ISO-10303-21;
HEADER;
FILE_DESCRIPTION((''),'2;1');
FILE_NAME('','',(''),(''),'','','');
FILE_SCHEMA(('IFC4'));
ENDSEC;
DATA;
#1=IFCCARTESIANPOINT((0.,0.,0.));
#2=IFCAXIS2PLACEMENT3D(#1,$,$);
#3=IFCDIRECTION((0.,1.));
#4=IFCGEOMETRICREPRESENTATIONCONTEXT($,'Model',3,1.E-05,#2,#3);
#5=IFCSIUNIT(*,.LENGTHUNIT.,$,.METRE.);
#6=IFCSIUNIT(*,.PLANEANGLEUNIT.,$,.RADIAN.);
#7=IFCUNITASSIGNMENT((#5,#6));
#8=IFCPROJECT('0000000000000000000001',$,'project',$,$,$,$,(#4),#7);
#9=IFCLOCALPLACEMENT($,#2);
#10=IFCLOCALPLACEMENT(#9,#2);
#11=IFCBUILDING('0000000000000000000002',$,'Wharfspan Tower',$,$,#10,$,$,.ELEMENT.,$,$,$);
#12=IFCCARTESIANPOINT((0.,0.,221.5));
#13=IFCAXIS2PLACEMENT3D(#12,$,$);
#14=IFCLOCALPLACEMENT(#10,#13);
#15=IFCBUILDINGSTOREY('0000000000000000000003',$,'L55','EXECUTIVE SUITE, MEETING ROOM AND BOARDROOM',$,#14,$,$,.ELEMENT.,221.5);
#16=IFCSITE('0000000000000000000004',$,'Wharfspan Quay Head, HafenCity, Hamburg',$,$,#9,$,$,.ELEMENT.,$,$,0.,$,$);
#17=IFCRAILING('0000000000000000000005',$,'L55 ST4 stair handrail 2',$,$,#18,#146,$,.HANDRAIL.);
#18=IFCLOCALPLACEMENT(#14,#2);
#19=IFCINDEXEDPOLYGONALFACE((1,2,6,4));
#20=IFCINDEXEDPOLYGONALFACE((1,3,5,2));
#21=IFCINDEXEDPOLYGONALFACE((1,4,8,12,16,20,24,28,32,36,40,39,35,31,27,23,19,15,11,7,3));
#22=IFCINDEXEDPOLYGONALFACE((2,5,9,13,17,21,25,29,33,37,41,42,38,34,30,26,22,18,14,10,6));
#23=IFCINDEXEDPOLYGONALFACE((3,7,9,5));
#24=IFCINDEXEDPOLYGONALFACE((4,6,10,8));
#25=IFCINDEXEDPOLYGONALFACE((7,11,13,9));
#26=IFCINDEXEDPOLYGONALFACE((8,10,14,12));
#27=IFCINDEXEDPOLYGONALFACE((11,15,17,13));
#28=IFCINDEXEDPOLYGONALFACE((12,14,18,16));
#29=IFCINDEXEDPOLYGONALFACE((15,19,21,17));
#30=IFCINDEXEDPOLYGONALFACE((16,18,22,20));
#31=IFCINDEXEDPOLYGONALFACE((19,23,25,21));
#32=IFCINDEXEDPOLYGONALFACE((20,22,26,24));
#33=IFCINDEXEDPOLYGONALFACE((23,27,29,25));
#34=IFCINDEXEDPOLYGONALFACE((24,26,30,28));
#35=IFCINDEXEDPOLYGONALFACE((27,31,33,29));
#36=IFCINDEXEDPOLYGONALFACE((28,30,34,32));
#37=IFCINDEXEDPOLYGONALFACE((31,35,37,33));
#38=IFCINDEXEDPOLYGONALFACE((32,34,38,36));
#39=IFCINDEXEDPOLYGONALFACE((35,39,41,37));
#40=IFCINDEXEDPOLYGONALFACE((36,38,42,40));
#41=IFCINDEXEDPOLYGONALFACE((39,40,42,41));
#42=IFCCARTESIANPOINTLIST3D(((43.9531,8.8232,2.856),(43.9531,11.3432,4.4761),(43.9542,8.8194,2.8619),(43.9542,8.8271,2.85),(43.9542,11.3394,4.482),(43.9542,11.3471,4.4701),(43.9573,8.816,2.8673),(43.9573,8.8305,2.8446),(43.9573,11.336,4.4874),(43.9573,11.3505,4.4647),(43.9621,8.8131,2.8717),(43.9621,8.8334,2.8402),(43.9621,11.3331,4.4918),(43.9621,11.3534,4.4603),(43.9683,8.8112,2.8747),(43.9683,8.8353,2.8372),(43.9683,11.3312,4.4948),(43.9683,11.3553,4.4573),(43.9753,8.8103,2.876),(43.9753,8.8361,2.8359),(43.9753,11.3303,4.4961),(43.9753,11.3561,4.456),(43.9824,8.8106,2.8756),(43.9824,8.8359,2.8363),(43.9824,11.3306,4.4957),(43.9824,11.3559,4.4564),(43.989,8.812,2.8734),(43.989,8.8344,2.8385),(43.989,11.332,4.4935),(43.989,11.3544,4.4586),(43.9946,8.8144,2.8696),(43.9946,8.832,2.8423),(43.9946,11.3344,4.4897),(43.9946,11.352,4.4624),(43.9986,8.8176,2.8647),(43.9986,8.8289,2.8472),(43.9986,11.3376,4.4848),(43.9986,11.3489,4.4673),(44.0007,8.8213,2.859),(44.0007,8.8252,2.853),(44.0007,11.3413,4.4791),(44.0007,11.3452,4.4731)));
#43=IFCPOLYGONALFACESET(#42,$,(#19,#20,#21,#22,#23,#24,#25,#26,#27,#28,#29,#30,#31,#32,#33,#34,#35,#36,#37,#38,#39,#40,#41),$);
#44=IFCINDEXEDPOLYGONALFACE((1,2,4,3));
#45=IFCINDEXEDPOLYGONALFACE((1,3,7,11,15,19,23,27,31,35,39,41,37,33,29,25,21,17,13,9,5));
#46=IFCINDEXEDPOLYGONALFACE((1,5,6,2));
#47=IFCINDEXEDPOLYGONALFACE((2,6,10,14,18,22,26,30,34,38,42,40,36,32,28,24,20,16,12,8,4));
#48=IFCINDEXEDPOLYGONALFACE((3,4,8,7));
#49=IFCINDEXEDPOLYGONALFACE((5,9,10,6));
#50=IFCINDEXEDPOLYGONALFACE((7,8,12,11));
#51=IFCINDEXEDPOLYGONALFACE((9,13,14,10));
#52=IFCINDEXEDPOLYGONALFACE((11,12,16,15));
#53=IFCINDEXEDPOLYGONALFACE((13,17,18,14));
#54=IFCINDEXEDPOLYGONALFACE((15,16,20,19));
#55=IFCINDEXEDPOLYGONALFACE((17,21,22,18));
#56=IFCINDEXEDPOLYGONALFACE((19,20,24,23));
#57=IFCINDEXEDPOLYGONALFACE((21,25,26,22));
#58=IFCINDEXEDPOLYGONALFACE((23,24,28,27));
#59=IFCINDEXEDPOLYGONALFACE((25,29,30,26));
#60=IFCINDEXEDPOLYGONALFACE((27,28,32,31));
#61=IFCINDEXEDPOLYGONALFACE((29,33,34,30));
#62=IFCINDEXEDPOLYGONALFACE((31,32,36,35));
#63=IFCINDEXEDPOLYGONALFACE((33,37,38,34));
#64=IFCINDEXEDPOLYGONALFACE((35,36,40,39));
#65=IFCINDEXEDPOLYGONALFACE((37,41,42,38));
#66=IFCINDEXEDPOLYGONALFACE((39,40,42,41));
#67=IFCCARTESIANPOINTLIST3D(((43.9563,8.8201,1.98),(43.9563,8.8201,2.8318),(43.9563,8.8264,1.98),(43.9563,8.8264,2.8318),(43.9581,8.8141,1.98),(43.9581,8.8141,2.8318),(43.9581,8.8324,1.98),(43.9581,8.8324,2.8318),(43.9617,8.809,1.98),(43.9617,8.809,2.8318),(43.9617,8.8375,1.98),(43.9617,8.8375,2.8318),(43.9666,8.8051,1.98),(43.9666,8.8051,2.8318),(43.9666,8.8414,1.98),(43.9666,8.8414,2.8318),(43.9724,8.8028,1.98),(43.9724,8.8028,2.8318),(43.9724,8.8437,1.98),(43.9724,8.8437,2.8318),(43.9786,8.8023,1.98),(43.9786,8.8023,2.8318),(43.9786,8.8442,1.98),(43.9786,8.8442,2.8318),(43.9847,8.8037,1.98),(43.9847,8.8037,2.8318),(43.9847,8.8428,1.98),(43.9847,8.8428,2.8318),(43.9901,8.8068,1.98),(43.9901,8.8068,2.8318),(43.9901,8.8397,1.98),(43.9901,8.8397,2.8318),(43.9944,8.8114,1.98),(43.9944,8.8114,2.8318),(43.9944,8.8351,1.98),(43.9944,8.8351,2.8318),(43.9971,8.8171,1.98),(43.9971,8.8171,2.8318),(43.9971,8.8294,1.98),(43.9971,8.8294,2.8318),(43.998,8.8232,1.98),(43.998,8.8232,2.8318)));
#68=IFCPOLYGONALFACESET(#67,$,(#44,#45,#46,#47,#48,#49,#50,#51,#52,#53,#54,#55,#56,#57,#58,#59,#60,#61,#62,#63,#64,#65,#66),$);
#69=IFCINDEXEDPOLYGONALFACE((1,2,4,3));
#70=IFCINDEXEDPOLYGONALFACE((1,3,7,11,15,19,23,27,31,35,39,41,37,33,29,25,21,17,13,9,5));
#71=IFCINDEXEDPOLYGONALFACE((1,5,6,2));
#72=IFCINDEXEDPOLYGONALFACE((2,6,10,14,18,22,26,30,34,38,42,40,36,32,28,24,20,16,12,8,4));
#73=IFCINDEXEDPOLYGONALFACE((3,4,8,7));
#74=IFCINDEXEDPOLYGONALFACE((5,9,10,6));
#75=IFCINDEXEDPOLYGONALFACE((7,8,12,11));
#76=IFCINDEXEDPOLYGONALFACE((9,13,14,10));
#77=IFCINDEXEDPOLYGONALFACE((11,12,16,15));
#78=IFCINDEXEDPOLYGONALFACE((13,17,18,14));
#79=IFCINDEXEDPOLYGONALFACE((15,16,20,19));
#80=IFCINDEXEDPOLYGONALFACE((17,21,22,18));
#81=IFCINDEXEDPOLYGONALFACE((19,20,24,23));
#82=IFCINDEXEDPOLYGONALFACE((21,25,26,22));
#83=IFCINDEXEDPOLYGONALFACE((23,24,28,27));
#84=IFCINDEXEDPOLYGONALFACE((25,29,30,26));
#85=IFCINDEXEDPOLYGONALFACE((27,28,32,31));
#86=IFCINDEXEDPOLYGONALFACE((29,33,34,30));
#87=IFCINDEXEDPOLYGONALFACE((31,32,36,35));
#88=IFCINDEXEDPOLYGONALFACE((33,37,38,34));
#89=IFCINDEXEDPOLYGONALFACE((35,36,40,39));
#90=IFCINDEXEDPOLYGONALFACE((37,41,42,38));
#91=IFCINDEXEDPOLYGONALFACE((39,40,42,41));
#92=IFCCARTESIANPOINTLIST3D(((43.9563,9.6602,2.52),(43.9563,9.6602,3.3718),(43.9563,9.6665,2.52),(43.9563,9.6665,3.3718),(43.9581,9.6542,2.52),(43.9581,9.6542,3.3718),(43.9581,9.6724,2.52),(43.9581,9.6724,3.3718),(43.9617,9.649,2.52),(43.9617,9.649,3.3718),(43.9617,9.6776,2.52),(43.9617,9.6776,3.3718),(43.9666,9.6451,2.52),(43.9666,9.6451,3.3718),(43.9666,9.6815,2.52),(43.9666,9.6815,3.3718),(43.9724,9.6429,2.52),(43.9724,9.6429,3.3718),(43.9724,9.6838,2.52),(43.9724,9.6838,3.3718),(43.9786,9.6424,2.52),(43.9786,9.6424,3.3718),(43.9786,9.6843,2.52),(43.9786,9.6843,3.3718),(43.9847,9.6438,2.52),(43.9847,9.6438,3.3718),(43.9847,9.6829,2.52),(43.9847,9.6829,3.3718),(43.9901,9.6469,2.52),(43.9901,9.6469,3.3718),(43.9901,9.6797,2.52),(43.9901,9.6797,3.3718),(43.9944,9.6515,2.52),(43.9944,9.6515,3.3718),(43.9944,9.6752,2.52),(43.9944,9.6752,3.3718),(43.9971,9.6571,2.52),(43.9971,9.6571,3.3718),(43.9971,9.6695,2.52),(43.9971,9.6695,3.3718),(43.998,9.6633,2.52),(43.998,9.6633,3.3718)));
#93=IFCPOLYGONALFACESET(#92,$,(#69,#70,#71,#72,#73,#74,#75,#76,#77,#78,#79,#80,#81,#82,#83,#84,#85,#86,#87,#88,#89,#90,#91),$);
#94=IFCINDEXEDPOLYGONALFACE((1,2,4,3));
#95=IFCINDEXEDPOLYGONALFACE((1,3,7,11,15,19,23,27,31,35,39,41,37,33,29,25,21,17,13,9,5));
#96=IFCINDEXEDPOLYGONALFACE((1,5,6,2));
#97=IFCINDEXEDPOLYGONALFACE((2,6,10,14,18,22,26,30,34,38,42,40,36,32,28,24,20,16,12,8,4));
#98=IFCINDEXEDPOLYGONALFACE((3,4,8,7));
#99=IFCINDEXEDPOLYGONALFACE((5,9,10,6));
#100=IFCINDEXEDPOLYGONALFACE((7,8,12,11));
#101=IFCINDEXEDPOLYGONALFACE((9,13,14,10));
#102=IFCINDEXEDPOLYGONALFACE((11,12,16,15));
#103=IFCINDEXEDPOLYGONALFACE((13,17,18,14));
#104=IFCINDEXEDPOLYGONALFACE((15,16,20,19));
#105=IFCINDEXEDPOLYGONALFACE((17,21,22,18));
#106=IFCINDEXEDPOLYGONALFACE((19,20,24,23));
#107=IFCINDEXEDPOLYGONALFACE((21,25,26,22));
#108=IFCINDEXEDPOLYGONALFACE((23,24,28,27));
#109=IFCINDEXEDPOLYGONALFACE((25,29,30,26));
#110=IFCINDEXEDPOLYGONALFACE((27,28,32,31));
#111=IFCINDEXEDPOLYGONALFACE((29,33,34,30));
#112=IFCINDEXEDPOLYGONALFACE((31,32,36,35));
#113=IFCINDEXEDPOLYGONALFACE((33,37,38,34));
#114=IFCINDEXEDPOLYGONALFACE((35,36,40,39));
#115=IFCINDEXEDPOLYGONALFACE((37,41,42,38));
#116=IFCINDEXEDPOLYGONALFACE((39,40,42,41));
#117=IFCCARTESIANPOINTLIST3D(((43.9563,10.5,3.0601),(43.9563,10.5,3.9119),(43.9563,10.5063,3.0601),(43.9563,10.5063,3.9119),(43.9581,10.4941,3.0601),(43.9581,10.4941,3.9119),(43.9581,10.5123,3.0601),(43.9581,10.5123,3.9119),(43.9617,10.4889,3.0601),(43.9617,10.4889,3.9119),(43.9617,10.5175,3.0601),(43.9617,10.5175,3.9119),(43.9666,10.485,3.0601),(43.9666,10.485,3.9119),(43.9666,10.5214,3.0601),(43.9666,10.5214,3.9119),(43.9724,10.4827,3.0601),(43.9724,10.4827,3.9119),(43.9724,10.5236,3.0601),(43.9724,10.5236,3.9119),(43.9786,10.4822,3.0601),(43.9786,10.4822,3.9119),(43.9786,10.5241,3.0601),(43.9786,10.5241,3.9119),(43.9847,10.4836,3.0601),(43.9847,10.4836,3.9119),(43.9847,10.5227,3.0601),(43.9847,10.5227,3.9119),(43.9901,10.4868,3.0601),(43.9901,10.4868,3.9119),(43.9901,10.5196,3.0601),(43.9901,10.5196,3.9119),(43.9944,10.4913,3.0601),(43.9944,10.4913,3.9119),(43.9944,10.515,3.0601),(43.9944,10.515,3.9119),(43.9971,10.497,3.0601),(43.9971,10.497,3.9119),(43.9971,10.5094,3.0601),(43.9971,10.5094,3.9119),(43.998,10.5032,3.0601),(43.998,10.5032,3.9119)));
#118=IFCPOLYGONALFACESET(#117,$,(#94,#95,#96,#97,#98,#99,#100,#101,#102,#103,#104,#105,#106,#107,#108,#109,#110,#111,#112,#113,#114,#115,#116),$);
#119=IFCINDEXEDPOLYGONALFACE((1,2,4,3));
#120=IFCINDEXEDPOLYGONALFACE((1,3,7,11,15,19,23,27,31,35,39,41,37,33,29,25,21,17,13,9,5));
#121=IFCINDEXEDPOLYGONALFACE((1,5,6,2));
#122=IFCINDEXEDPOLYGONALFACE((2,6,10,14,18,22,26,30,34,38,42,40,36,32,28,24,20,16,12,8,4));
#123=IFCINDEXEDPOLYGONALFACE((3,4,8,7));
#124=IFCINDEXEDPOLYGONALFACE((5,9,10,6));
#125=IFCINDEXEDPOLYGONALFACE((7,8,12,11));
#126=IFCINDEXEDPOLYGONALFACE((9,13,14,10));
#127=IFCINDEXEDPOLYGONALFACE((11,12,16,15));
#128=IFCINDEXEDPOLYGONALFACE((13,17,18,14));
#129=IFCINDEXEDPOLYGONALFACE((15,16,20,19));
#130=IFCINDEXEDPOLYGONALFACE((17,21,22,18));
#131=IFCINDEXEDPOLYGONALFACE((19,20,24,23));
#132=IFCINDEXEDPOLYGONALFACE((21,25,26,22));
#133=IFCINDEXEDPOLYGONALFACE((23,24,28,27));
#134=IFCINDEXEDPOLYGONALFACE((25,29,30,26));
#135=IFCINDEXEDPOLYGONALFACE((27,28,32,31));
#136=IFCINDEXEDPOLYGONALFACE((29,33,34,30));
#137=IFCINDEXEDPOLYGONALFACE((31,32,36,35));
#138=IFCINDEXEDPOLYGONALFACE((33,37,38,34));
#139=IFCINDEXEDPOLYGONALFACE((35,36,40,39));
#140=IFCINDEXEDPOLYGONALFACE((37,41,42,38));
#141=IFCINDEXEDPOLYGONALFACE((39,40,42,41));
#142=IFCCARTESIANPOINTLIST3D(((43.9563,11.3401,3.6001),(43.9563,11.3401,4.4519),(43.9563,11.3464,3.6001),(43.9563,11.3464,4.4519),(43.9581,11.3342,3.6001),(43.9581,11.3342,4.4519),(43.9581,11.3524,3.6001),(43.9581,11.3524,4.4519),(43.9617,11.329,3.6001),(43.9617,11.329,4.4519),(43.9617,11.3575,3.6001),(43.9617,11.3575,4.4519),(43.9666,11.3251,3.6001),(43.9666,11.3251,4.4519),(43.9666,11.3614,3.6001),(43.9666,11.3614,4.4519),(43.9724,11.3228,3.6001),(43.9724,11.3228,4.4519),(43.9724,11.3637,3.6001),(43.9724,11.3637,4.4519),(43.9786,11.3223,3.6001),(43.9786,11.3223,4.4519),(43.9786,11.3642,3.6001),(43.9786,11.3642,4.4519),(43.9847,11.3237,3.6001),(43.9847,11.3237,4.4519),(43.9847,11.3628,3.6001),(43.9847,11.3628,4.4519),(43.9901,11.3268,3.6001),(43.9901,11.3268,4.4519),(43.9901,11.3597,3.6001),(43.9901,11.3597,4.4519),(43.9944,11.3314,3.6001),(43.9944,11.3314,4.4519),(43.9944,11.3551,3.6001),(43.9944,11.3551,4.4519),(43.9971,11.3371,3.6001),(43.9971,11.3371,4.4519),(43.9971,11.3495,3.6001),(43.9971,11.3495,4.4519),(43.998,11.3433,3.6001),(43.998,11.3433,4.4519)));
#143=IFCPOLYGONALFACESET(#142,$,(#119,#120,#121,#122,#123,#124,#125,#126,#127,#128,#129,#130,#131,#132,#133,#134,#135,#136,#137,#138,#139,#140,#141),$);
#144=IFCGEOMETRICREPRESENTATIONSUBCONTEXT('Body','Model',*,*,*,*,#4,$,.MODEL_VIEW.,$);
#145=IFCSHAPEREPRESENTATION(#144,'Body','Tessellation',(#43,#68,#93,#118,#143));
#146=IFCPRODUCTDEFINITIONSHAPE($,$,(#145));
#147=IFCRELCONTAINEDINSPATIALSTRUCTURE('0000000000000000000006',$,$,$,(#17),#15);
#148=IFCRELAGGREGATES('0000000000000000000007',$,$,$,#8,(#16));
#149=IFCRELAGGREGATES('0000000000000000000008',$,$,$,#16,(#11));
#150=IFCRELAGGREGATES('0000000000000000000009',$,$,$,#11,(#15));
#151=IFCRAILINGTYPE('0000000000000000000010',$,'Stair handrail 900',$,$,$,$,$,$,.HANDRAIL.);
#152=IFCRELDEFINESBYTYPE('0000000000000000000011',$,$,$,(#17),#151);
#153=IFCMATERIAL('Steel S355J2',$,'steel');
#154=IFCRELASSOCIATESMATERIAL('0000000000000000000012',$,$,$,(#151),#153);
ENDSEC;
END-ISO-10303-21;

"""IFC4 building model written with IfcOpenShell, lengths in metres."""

from ifc_helpers import new_model, si_unit, direction, frame, origin, origin_2d, place, context, subcontext, project, spatial, circle, extrude, material, type_object, element, save


model = new_model("IFC4")

# Units and contexts
model_context = context("Model", 3, precision=1e-05, world=origin(), true_north=direction((0.0, 1.0)))
body_context = subcontext(model_context, "Body", "Model", "MODEL_VIEW")
ifc_project = project(units=[si_unit("LENGTHUNIT", "METRE"), si_unit("PLANEANGLEUNIT", "RADIAN")], contexts=[model_context])

# Site, building, storey
site_placement = place(None, origin())
site = spatial("IfcSite", under=ifc_project, at=site_placement, Name="Wharfspan Quay Head, HafenCity, Hamburg", CompositionType="ELEMENT", RefElevation=0.0)
building_placement = place(site_placement, origin())
building = spatial("IfcBuilding", under=site, at=building_placement, Name="Wharfspan Tower", CompositionType="ELEMENT")
storey_placement = place(building_placement, frame((0.0, 0.0, 221.5)))
storey = spatial("IfcBuildingStorey", under=building, at=storey_placement, Name="L55", Description="EXECUTIVE SUITE, MEETING ROOM AND BOARDROOM", CompositionType="ELEMENT", Elevation=221.5)

# Shared definitions
ifc_material_1 = material(Name="Steel S355J2", Category="steel")

# Railing
railing_type_1 = type_object("IfcRailingType", Name="Stair handrail 900", PredefinedType="HANDRAIL", material=ifc_material_1)
railing_1_placement = place(storey_placement, frame((43.9771, 8.8232, 1.98)))
element("IfcRailing", 1, at=railing_1_placement, inside=storey, type_object=railing_type_1, Name="L55 ST4 stair handrail 2", PredefinedType="HANDRAIL", context=body_context, shape_type="SweptSolid", body=[
    extrude(circle(Radius=0.0239, at=origin_2d()), frame((0.0, 0.0, 0.876), z_axis=(0.0, 0.841163, 0.540782), x_axis=(-1.0, 0.0, 0.0)), (0.0, 0.0, 1.0), 2.9958),
    extrude(circle(Radius=0.021, at=origin_2d()), origin(), (0.0, 0.0, 1.0), 0.8518),
    extrude(circle(Radius=0.021, at=origin_2d()), frame((0.0, 0.8401, 0.54)), (0.0, 0.0, 1.0), 0.8518),
    extrude(circle(Radius=0.021, at=origin_2d()), frame((0.0, 1.6799, 1.0801)), (0.0, 0.0, 1.0), 0.8518),
    extrude(circle(Radius=0.021, at=origin_2d()), frame((0.0, 2.52, 1.6201)), (0.0, 0.0, 1.0), 0.8518),
])

save(model, "model.ifc")
